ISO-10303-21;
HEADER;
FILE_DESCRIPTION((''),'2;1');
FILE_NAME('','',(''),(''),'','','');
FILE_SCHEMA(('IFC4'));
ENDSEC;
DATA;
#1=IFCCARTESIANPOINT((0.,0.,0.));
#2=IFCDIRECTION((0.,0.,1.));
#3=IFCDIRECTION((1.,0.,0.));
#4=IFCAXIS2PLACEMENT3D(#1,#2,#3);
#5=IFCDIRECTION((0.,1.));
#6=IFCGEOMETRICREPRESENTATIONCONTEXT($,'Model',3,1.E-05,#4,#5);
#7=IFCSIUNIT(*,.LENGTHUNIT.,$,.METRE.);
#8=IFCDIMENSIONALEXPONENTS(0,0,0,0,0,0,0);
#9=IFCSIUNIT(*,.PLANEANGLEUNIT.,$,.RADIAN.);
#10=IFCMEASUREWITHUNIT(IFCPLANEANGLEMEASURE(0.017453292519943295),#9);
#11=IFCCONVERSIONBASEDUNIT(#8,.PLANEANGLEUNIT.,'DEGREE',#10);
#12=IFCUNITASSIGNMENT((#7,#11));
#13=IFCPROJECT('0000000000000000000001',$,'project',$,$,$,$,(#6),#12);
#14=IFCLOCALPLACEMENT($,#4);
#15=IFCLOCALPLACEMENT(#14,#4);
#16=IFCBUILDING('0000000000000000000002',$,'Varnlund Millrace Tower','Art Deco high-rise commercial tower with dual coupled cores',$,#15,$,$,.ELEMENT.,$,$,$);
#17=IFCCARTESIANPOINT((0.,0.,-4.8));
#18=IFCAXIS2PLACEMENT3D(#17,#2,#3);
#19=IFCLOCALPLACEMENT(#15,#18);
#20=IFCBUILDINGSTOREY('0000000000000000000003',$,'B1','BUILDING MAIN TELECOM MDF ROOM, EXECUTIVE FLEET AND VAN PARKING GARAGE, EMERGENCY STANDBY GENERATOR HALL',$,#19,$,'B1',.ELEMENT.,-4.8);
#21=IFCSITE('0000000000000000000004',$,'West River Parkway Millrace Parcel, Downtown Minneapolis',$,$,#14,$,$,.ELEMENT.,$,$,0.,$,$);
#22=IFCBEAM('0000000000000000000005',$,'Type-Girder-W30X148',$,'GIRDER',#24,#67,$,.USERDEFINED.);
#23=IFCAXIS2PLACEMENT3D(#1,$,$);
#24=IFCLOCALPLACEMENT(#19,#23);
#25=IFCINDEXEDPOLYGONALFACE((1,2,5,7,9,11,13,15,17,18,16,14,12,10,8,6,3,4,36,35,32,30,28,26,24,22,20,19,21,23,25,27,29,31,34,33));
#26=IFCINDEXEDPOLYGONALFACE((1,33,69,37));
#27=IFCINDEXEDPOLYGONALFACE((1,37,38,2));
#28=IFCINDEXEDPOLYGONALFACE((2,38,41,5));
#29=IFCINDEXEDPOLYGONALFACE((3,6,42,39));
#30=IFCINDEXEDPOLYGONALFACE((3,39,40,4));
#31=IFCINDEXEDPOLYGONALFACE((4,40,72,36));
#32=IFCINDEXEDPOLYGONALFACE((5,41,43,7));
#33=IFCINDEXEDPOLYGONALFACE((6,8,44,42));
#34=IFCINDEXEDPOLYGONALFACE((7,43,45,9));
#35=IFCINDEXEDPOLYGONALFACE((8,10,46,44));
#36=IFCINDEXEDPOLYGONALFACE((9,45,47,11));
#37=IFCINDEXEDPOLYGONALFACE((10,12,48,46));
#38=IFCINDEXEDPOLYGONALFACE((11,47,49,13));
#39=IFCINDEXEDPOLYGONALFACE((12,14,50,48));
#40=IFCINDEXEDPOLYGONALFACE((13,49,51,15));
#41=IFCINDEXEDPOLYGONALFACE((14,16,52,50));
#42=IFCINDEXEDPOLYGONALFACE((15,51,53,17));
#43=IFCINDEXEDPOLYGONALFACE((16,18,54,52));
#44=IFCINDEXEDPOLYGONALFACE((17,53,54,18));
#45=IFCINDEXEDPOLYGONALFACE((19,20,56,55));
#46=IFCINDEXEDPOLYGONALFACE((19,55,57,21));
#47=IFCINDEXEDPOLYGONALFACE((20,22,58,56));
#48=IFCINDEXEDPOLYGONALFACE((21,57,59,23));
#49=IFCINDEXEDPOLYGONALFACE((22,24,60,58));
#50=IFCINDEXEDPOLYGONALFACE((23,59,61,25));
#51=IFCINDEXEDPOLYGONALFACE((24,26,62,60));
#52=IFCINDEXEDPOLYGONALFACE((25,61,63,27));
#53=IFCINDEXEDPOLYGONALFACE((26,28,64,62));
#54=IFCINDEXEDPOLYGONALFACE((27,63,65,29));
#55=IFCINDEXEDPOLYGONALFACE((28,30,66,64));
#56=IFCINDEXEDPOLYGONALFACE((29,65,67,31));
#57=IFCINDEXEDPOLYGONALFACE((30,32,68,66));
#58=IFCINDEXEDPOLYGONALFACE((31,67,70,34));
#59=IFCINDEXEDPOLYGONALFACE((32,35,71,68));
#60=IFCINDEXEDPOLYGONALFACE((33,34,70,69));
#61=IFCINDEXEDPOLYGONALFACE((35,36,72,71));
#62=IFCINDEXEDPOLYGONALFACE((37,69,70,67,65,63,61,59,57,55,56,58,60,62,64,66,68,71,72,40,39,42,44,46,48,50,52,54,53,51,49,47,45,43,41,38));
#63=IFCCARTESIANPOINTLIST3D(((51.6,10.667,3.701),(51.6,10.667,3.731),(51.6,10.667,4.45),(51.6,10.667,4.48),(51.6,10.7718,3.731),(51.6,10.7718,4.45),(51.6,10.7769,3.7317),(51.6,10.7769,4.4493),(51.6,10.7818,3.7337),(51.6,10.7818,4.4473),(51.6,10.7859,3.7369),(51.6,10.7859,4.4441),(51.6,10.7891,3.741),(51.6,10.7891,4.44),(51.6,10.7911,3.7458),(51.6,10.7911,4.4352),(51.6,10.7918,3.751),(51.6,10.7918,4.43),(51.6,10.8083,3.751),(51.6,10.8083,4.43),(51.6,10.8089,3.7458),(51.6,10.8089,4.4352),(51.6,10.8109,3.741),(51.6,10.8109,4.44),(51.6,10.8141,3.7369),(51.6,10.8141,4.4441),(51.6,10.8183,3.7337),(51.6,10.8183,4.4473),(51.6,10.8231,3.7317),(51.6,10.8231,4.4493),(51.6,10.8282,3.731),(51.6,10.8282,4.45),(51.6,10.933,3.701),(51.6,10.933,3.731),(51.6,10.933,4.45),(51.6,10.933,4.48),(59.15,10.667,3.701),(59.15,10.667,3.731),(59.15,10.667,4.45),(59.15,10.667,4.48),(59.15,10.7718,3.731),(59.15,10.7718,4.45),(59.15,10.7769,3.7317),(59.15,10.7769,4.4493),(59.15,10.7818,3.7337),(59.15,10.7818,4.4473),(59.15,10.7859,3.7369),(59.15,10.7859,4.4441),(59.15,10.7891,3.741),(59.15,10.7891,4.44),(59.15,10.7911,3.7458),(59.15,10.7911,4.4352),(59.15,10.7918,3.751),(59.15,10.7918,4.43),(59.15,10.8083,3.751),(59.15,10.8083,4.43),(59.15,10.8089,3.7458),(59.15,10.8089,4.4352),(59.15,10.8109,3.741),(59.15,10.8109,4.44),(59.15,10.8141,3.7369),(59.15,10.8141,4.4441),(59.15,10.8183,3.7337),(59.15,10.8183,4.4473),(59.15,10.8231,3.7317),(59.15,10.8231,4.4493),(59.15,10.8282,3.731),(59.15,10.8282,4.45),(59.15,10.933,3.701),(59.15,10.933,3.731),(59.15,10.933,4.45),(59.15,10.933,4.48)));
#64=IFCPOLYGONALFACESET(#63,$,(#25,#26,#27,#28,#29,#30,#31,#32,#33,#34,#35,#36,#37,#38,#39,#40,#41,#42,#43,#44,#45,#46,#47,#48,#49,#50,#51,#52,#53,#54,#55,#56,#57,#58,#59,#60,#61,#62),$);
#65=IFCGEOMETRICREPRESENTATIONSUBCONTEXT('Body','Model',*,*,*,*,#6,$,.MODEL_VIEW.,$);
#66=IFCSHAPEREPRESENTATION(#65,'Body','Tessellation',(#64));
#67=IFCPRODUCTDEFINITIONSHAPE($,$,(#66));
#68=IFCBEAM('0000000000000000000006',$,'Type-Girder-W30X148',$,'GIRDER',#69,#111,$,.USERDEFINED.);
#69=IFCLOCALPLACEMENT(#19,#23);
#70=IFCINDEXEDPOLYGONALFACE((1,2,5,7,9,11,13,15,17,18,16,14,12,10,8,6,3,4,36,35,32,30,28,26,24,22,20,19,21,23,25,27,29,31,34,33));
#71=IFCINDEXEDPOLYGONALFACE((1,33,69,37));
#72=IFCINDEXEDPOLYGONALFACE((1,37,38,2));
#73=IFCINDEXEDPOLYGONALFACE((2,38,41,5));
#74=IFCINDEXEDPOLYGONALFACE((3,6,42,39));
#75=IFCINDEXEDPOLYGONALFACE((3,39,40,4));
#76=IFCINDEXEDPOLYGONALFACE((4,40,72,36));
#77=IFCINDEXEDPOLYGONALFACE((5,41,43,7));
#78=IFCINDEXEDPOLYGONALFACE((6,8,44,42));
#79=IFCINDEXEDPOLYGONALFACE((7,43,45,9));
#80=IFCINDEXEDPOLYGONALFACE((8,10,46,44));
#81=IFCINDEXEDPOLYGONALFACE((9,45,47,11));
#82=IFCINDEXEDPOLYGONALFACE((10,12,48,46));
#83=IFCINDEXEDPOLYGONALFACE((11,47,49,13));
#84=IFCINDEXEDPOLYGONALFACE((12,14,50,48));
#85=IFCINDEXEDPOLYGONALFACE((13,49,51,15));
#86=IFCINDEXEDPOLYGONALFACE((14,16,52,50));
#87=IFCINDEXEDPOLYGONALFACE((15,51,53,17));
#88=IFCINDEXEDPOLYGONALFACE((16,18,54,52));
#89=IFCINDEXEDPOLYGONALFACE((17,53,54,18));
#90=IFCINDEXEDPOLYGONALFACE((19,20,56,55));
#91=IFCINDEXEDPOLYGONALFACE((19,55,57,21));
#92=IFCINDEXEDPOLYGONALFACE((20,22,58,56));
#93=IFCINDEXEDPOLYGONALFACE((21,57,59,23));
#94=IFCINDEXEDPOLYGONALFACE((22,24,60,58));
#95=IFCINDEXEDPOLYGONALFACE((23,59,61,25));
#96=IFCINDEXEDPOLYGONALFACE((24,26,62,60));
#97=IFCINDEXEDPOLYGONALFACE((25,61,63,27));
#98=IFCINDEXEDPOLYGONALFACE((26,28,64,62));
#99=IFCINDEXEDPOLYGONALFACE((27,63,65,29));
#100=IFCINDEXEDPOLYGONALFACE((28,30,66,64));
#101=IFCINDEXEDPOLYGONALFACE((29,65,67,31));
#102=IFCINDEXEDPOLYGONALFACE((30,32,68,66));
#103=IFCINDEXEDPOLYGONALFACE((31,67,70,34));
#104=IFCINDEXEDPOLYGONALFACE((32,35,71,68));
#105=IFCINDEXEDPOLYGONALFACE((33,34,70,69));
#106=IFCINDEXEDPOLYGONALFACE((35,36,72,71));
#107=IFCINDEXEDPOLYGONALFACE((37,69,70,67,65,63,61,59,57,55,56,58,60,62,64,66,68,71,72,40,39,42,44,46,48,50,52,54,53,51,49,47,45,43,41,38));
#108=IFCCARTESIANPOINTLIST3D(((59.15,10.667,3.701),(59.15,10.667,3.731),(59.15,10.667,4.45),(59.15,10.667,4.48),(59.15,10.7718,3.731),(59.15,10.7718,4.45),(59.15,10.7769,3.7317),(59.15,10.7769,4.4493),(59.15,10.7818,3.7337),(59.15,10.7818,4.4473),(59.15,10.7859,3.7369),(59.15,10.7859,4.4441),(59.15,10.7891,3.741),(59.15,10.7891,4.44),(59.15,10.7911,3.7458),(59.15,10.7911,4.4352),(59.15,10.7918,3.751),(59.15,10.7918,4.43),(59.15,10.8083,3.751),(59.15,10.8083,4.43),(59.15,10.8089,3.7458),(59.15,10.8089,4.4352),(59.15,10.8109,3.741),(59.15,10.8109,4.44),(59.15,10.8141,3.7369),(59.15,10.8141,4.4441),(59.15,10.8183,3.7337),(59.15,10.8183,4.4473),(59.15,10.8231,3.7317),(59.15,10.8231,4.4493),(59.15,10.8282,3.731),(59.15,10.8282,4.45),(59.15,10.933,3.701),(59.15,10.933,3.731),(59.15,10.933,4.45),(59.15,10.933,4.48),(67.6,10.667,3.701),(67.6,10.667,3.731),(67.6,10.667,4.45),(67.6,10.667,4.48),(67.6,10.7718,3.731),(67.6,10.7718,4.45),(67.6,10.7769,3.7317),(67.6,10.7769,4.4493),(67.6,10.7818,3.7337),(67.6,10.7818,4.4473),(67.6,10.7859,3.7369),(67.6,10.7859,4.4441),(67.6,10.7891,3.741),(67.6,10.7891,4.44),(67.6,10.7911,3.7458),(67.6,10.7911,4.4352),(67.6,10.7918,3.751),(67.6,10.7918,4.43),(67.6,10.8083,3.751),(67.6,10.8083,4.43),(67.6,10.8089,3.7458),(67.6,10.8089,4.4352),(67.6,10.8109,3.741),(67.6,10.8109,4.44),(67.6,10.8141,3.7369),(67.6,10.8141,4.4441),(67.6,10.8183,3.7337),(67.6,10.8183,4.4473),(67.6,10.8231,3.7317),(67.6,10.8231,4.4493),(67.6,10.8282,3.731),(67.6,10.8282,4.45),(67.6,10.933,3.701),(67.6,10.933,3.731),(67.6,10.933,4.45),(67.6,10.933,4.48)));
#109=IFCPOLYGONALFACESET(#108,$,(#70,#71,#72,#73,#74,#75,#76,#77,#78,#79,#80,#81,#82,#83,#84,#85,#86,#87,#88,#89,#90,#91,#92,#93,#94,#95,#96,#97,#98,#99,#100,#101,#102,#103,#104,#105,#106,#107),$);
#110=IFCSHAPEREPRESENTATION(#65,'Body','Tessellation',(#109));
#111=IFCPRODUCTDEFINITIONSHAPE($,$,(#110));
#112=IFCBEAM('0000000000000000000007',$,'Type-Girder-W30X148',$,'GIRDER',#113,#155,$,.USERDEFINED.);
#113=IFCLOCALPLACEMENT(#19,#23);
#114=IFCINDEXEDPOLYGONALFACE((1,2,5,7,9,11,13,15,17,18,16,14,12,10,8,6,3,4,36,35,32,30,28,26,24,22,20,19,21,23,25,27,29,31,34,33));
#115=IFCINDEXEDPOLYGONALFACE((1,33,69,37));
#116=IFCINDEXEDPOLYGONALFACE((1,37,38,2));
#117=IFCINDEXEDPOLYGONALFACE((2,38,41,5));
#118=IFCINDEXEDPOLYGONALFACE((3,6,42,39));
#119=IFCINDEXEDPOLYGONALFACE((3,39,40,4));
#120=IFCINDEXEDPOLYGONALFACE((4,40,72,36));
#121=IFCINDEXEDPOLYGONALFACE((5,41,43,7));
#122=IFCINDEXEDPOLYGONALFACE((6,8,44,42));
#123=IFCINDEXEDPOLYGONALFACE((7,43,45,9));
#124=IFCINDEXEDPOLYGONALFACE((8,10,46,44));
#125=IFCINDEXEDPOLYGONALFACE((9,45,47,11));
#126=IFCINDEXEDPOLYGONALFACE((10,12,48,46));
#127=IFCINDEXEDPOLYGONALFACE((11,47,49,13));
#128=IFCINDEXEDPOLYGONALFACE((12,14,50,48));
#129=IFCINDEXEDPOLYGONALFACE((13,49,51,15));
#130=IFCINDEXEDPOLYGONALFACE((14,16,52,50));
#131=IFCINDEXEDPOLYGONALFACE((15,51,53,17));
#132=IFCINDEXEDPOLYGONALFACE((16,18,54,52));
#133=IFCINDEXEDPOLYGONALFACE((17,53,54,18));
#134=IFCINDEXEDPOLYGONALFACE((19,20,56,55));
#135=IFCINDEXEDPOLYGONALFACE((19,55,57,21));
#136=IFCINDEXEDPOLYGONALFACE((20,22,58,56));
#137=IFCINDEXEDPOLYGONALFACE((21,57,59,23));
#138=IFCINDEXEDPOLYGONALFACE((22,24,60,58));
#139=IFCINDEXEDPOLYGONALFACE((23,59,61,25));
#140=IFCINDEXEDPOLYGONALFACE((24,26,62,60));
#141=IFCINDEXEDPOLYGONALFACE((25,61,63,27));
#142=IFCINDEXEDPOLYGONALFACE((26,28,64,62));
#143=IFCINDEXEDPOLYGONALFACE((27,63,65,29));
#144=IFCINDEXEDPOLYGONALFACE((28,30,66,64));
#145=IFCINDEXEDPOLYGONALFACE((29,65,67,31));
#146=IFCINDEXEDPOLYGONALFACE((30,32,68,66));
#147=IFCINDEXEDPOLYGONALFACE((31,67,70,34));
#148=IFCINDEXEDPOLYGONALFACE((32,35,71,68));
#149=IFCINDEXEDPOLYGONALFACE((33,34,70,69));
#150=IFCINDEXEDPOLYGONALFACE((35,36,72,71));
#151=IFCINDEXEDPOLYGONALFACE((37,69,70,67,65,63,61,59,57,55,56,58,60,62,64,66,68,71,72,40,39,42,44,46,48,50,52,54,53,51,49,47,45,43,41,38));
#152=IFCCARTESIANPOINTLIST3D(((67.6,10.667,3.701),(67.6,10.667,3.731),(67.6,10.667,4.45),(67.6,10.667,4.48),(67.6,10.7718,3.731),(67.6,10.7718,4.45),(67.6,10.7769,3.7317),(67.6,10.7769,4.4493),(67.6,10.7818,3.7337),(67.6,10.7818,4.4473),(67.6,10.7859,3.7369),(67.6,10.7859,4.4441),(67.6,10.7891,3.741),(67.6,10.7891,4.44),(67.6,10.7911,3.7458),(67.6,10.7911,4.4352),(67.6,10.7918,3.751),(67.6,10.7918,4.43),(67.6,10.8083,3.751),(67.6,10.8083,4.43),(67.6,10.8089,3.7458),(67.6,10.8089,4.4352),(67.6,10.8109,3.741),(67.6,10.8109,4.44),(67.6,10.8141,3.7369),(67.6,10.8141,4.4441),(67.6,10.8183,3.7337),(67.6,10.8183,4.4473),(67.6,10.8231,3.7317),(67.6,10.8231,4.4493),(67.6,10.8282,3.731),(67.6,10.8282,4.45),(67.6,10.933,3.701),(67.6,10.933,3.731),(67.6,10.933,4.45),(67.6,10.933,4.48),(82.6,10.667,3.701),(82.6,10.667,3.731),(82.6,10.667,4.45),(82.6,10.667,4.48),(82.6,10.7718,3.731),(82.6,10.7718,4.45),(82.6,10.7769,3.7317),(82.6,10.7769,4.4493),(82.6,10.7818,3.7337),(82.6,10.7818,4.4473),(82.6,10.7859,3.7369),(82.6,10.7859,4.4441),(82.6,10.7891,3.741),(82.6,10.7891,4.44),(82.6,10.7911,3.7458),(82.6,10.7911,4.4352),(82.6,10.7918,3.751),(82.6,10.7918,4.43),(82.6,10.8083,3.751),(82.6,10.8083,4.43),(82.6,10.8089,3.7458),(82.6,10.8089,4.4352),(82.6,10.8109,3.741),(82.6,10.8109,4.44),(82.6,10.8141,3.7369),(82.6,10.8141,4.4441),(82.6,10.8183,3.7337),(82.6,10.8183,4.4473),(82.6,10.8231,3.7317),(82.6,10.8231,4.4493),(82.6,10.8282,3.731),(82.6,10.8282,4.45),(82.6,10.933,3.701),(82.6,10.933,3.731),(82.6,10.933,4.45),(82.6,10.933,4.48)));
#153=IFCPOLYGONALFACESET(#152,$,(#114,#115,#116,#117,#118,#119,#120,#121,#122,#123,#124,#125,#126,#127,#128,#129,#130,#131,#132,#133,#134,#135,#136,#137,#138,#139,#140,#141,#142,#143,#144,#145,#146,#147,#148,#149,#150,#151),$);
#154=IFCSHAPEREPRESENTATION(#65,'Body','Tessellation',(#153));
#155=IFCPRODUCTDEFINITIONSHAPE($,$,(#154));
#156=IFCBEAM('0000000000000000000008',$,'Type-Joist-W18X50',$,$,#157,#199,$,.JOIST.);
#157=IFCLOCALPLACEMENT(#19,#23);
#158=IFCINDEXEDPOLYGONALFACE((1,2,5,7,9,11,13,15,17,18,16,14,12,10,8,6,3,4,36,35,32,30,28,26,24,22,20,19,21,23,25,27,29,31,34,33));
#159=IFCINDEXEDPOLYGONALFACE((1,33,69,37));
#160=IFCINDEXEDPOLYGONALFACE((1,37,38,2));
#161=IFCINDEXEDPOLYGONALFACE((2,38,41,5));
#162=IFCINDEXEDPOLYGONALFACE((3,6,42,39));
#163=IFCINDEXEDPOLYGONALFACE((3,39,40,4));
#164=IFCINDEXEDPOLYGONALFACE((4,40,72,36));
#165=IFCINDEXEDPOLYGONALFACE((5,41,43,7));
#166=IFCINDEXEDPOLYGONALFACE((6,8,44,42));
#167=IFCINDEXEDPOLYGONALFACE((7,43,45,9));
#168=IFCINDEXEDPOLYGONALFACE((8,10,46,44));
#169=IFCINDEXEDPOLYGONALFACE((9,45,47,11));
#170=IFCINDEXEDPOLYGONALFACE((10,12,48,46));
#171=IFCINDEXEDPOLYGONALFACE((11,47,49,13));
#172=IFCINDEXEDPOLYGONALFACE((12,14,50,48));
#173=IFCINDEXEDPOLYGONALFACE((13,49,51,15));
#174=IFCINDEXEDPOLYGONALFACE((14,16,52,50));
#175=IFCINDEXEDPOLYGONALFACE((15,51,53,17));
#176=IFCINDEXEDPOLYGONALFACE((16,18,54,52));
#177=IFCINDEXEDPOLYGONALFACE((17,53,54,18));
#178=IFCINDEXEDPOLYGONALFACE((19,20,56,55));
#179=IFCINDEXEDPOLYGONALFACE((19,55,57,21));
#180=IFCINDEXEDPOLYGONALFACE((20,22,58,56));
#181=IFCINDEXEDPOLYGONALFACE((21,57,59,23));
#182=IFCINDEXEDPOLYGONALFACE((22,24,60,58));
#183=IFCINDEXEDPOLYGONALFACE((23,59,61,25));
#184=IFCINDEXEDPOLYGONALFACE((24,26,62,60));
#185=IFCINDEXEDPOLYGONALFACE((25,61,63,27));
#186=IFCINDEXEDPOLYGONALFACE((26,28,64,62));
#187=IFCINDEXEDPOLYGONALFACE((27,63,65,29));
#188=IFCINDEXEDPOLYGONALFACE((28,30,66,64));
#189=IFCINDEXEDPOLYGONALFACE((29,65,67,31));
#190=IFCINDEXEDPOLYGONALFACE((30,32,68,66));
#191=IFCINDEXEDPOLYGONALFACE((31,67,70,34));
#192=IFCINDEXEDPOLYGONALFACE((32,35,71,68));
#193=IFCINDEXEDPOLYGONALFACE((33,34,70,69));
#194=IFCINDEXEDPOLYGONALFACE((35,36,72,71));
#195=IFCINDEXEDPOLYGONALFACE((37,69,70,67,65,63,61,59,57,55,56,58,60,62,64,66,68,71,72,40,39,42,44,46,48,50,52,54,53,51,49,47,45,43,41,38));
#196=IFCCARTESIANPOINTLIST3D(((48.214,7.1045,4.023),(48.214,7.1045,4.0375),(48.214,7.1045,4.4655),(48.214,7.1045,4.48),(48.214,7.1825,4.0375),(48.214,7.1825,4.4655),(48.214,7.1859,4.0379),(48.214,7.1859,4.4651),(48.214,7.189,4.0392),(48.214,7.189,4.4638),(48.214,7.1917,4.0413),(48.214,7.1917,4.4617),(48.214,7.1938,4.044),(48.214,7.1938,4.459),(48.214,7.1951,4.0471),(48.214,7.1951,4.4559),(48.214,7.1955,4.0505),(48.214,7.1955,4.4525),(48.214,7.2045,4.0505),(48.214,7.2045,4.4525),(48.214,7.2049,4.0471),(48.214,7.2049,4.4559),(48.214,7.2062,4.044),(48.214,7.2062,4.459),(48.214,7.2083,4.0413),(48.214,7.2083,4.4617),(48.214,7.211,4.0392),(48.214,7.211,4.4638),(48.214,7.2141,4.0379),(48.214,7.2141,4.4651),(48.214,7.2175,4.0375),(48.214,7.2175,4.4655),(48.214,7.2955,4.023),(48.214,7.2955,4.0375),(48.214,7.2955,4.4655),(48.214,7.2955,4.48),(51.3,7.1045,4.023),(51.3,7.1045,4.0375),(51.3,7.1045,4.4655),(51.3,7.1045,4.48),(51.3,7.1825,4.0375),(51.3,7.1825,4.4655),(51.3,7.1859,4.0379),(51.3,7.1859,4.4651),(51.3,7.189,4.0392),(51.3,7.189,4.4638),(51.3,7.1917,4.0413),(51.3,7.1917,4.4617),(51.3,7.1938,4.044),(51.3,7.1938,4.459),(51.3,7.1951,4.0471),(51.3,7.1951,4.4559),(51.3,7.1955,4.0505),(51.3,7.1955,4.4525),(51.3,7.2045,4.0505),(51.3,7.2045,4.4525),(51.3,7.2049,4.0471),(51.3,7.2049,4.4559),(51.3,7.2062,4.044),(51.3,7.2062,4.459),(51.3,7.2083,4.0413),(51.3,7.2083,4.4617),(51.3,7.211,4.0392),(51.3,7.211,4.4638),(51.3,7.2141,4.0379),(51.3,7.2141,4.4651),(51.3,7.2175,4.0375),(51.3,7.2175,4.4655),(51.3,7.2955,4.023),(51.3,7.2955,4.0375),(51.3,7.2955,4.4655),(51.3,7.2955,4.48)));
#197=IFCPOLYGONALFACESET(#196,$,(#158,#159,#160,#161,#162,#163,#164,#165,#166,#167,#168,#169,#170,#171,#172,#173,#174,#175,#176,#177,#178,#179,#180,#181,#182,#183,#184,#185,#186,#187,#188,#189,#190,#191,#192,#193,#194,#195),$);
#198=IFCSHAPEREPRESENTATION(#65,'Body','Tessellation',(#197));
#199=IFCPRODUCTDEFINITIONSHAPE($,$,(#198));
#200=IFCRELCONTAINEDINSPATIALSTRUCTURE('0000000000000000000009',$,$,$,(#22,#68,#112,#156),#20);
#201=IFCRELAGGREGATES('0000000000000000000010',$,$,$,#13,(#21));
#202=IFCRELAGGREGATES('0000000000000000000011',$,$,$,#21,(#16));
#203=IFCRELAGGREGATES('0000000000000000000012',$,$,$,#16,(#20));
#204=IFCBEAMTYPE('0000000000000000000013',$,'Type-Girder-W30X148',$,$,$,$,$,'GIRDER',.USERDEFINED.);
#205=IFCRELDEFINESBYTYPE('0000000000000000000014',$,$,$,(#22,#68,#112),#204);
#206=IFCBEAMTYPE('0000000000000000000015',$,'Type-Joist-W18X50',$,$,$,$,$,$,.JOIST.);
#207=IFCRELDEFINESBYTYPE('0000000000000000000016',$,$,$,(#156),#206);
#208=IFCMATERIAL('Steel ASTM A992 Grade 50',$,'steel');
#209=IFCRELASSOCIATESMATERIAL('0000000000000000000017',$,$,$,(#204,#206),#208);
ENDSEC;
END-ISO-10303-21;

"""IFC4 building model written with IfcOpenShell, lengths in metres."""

from ifc_helpers import new_model, entity, si_unit, converted_unit, direction, frame, origin_with_axes, origin_2d_with_axis, place, context, subcontext, project, spatial, i_section, extrude, material, material_profile, profile_set, type_object, element, save


model = new_model("IFC4")

# Units and contexts
model_context = context("Model", 3, precision=1e-05, world=origin_with_axes(), true_north=direction((0.0, 1.0)))
body_context = subcontext(model_context, "Body", "Model", "MODEL_VIEW")
ifc_project = project(units=[si_unit("LENGTHUNIT", "METRE"), converted_unit("PLANEANGLEUNIT", "DEGREE", entity("IfcPlaneAngleMeasure", 0.017453292519943295), si_unit("PLANEANGLEUNIT", "RADIAN"), dimensions=[0, 0, 0, 0, 0, 0, 0])], contexts=[model_context])

# Site, building, storey
site_placement = place(None, origin_with_axes())
site = spatial("IfcSite", under=ifc_project, at=site_placement, Name="West River Parkway Millrace Parcel, Downtown Minneapolis", CompositionType="ELEMENT", RefElevation=0.0)
building_placement = place(site_placement, origin_with_axes())
building = spatial("IfcBuilding", under=site, at=building_placement, Name="Varnlund Millrace Tower", Description="Art Deco high-rise commercial tower with dual coupled cores", CompositionType="ELEMENT")
storey_placement = place(building_placement, frame((0.0, 0.0, -4.8), z_axis=(0.0, 0.0, 1.0), x_axis=(1.0, 0.0, 0.0)))
storey = spatial("IfcBuildingStorey", under=building, at=storey_placement, Name="B1", Description="BUILDING MAIN TELECOM MDF ROOM, EXECUTIVE FLEET AND VAN PARKING GARAGE, EMERGENCY STANDBY GENERATOR HALL", LongName="B1", CompositionType="ELEMENT", Elevation=-4.8)

# Beams
ifc_material_1 = material(Name="Steel ASTM A992 Grade 50", Category="steel")
ifc_material_profile_1 = material_profile(ifc_material_1, i_section(OverallWidth=0.266, OverallDepth=0.779, WebThickness=0.0165, FlangeThickness=0.03, FilletRadius=0.02, at=origin_2d_with_axis()), Name="Steel ASTM A992 Grade 50")
ifc_profile_set_1 = profile_set([ifc_material_profile_1], Name="Steel ASTM A992 Grade 50")
beam_type_1 = type_object("IfcBeamType", Name="Type-Girder-W30X148", ElementType="GIRDER", PredefinedType="USERDEFINED", material=ifc_profile_set_1)
beam_1_placement = place(storey_placement, frame((51.6, 10.8, 4.0905), z_axis=(1.0, 0.0, 0.0), x_axis=(0.0, 1.0, 0.0)))
element("IfcBeam", 1, at=beam_1_placement, inside=storey, type_object=beam_type_1, Name="Type-Girder-W30X148", ObjectType="GIRDER", PredefinedType="USERDEFINED", context=body_context, shape_type="SweptSolid", body=[
    extrude(i_section(OverallWidth=0.266, OverallDepth=0.779, WebThickness=0.0165, FlangeThickness=0.03, FilletRadius=0.02, at=origin_2d_with_axis()), origin_with_axes(), (0.0, 0.0, 1.0), 7.55),
])
beam_2_placement = place(storey_placement, frame((59.15, 10.8, 4.0905), z_axis=(1.0, 0.0, 0.0), x_axis=(0.0, 1.0, 0.0)))
element("IfcBeam", 2, at=beam_2_placement, inside=storey, type_object=beam_type_1, Name="Type-Girder-W30X148", ObjectType="GIRDER", PredefinedType="USERDEFINED", context=body_context, shape_type="SweptSolid", body=[
    extrude(i_section(OverallWidth=0.266, OverallDepth=0.779, WebThickness=0.0165, FlangeThickness=0.03, FilletRadius=0.02, at=origin_2d_with_axis()), origin_with_axes(), (0.0, 0.0, 1.0), 8.45),
])
beam_3_placement = place(storey_placement, frame((67.6, 10.8, 4.0905), z_axis=(1.0, 0.0, 0.0), x_axis=(0.0, 1.0, 0.0)))
element("IfcBeam", 3, at=beam_3_placement, inside=storey, type_object=beam_type_1, Name="Type-Girder-W30X148", ObjectType="GIRDER", PredefinedType="USERDEFINED", context=body_context, shape_type="SweptSolid", body=[
    extrude(i_section(OverallWidth=0.266, OverallDepth=0.779, WebThickness=0.0165, FlangeThickness=0.03, FilletRadius=0.02, at=origin_2d_with_axis()), origin_with_axes(), (0.0, 0.0, 1.0), 15.0),
])
ifc_material_profile_2 = material_profile(ifc_material_1, i_section(OverallWidth=0.191, OverallDepth=0.457, WebThickness=0.009, FlangeThickness=0.0145, FilletRadius=0.013, at=origin_2d_with_axis()), Name="Steel ASTM A992 Grade 50")
ifc_profile_set_2 = profile_set([ifc_material_profile_2], Name="Steel ASTM A992 Grade 50")
beam_type_2 = type_object("IfcBeamType", Name="Type-Joist-W18X50", PredefinedType="JOIST", material=ifc_profile_set_2)
for number, where, z_axis, x_axis, name in (
    (4, (48.214, 7.2, 4.2515), (1.0, 0.0, 0.0), (0.0, 1.0, 0.0), "Type-Joist-W18X50"),
):
    element("IfcBeam", number, at=place(storey_placement, frame(where, z_axis=z_axis, x_axis=x_axis)), inside=storey, type_object=beam_type_2, Name=name, PredefinedType="JOIST", context=body_context, shape_type="SweptSolid", body=[
        extrude(i_section(OverallWidth=0.191, OverallDepth=0.457, WebThickness=0.009, FlangeThickness=0.0145, FilletRadius=0.013, at=origin_2d_with_axis()), origin_with_axes(), (0.0, 0.0, 1.0), 3.086),
    ])

save(model, "model.ifc")
